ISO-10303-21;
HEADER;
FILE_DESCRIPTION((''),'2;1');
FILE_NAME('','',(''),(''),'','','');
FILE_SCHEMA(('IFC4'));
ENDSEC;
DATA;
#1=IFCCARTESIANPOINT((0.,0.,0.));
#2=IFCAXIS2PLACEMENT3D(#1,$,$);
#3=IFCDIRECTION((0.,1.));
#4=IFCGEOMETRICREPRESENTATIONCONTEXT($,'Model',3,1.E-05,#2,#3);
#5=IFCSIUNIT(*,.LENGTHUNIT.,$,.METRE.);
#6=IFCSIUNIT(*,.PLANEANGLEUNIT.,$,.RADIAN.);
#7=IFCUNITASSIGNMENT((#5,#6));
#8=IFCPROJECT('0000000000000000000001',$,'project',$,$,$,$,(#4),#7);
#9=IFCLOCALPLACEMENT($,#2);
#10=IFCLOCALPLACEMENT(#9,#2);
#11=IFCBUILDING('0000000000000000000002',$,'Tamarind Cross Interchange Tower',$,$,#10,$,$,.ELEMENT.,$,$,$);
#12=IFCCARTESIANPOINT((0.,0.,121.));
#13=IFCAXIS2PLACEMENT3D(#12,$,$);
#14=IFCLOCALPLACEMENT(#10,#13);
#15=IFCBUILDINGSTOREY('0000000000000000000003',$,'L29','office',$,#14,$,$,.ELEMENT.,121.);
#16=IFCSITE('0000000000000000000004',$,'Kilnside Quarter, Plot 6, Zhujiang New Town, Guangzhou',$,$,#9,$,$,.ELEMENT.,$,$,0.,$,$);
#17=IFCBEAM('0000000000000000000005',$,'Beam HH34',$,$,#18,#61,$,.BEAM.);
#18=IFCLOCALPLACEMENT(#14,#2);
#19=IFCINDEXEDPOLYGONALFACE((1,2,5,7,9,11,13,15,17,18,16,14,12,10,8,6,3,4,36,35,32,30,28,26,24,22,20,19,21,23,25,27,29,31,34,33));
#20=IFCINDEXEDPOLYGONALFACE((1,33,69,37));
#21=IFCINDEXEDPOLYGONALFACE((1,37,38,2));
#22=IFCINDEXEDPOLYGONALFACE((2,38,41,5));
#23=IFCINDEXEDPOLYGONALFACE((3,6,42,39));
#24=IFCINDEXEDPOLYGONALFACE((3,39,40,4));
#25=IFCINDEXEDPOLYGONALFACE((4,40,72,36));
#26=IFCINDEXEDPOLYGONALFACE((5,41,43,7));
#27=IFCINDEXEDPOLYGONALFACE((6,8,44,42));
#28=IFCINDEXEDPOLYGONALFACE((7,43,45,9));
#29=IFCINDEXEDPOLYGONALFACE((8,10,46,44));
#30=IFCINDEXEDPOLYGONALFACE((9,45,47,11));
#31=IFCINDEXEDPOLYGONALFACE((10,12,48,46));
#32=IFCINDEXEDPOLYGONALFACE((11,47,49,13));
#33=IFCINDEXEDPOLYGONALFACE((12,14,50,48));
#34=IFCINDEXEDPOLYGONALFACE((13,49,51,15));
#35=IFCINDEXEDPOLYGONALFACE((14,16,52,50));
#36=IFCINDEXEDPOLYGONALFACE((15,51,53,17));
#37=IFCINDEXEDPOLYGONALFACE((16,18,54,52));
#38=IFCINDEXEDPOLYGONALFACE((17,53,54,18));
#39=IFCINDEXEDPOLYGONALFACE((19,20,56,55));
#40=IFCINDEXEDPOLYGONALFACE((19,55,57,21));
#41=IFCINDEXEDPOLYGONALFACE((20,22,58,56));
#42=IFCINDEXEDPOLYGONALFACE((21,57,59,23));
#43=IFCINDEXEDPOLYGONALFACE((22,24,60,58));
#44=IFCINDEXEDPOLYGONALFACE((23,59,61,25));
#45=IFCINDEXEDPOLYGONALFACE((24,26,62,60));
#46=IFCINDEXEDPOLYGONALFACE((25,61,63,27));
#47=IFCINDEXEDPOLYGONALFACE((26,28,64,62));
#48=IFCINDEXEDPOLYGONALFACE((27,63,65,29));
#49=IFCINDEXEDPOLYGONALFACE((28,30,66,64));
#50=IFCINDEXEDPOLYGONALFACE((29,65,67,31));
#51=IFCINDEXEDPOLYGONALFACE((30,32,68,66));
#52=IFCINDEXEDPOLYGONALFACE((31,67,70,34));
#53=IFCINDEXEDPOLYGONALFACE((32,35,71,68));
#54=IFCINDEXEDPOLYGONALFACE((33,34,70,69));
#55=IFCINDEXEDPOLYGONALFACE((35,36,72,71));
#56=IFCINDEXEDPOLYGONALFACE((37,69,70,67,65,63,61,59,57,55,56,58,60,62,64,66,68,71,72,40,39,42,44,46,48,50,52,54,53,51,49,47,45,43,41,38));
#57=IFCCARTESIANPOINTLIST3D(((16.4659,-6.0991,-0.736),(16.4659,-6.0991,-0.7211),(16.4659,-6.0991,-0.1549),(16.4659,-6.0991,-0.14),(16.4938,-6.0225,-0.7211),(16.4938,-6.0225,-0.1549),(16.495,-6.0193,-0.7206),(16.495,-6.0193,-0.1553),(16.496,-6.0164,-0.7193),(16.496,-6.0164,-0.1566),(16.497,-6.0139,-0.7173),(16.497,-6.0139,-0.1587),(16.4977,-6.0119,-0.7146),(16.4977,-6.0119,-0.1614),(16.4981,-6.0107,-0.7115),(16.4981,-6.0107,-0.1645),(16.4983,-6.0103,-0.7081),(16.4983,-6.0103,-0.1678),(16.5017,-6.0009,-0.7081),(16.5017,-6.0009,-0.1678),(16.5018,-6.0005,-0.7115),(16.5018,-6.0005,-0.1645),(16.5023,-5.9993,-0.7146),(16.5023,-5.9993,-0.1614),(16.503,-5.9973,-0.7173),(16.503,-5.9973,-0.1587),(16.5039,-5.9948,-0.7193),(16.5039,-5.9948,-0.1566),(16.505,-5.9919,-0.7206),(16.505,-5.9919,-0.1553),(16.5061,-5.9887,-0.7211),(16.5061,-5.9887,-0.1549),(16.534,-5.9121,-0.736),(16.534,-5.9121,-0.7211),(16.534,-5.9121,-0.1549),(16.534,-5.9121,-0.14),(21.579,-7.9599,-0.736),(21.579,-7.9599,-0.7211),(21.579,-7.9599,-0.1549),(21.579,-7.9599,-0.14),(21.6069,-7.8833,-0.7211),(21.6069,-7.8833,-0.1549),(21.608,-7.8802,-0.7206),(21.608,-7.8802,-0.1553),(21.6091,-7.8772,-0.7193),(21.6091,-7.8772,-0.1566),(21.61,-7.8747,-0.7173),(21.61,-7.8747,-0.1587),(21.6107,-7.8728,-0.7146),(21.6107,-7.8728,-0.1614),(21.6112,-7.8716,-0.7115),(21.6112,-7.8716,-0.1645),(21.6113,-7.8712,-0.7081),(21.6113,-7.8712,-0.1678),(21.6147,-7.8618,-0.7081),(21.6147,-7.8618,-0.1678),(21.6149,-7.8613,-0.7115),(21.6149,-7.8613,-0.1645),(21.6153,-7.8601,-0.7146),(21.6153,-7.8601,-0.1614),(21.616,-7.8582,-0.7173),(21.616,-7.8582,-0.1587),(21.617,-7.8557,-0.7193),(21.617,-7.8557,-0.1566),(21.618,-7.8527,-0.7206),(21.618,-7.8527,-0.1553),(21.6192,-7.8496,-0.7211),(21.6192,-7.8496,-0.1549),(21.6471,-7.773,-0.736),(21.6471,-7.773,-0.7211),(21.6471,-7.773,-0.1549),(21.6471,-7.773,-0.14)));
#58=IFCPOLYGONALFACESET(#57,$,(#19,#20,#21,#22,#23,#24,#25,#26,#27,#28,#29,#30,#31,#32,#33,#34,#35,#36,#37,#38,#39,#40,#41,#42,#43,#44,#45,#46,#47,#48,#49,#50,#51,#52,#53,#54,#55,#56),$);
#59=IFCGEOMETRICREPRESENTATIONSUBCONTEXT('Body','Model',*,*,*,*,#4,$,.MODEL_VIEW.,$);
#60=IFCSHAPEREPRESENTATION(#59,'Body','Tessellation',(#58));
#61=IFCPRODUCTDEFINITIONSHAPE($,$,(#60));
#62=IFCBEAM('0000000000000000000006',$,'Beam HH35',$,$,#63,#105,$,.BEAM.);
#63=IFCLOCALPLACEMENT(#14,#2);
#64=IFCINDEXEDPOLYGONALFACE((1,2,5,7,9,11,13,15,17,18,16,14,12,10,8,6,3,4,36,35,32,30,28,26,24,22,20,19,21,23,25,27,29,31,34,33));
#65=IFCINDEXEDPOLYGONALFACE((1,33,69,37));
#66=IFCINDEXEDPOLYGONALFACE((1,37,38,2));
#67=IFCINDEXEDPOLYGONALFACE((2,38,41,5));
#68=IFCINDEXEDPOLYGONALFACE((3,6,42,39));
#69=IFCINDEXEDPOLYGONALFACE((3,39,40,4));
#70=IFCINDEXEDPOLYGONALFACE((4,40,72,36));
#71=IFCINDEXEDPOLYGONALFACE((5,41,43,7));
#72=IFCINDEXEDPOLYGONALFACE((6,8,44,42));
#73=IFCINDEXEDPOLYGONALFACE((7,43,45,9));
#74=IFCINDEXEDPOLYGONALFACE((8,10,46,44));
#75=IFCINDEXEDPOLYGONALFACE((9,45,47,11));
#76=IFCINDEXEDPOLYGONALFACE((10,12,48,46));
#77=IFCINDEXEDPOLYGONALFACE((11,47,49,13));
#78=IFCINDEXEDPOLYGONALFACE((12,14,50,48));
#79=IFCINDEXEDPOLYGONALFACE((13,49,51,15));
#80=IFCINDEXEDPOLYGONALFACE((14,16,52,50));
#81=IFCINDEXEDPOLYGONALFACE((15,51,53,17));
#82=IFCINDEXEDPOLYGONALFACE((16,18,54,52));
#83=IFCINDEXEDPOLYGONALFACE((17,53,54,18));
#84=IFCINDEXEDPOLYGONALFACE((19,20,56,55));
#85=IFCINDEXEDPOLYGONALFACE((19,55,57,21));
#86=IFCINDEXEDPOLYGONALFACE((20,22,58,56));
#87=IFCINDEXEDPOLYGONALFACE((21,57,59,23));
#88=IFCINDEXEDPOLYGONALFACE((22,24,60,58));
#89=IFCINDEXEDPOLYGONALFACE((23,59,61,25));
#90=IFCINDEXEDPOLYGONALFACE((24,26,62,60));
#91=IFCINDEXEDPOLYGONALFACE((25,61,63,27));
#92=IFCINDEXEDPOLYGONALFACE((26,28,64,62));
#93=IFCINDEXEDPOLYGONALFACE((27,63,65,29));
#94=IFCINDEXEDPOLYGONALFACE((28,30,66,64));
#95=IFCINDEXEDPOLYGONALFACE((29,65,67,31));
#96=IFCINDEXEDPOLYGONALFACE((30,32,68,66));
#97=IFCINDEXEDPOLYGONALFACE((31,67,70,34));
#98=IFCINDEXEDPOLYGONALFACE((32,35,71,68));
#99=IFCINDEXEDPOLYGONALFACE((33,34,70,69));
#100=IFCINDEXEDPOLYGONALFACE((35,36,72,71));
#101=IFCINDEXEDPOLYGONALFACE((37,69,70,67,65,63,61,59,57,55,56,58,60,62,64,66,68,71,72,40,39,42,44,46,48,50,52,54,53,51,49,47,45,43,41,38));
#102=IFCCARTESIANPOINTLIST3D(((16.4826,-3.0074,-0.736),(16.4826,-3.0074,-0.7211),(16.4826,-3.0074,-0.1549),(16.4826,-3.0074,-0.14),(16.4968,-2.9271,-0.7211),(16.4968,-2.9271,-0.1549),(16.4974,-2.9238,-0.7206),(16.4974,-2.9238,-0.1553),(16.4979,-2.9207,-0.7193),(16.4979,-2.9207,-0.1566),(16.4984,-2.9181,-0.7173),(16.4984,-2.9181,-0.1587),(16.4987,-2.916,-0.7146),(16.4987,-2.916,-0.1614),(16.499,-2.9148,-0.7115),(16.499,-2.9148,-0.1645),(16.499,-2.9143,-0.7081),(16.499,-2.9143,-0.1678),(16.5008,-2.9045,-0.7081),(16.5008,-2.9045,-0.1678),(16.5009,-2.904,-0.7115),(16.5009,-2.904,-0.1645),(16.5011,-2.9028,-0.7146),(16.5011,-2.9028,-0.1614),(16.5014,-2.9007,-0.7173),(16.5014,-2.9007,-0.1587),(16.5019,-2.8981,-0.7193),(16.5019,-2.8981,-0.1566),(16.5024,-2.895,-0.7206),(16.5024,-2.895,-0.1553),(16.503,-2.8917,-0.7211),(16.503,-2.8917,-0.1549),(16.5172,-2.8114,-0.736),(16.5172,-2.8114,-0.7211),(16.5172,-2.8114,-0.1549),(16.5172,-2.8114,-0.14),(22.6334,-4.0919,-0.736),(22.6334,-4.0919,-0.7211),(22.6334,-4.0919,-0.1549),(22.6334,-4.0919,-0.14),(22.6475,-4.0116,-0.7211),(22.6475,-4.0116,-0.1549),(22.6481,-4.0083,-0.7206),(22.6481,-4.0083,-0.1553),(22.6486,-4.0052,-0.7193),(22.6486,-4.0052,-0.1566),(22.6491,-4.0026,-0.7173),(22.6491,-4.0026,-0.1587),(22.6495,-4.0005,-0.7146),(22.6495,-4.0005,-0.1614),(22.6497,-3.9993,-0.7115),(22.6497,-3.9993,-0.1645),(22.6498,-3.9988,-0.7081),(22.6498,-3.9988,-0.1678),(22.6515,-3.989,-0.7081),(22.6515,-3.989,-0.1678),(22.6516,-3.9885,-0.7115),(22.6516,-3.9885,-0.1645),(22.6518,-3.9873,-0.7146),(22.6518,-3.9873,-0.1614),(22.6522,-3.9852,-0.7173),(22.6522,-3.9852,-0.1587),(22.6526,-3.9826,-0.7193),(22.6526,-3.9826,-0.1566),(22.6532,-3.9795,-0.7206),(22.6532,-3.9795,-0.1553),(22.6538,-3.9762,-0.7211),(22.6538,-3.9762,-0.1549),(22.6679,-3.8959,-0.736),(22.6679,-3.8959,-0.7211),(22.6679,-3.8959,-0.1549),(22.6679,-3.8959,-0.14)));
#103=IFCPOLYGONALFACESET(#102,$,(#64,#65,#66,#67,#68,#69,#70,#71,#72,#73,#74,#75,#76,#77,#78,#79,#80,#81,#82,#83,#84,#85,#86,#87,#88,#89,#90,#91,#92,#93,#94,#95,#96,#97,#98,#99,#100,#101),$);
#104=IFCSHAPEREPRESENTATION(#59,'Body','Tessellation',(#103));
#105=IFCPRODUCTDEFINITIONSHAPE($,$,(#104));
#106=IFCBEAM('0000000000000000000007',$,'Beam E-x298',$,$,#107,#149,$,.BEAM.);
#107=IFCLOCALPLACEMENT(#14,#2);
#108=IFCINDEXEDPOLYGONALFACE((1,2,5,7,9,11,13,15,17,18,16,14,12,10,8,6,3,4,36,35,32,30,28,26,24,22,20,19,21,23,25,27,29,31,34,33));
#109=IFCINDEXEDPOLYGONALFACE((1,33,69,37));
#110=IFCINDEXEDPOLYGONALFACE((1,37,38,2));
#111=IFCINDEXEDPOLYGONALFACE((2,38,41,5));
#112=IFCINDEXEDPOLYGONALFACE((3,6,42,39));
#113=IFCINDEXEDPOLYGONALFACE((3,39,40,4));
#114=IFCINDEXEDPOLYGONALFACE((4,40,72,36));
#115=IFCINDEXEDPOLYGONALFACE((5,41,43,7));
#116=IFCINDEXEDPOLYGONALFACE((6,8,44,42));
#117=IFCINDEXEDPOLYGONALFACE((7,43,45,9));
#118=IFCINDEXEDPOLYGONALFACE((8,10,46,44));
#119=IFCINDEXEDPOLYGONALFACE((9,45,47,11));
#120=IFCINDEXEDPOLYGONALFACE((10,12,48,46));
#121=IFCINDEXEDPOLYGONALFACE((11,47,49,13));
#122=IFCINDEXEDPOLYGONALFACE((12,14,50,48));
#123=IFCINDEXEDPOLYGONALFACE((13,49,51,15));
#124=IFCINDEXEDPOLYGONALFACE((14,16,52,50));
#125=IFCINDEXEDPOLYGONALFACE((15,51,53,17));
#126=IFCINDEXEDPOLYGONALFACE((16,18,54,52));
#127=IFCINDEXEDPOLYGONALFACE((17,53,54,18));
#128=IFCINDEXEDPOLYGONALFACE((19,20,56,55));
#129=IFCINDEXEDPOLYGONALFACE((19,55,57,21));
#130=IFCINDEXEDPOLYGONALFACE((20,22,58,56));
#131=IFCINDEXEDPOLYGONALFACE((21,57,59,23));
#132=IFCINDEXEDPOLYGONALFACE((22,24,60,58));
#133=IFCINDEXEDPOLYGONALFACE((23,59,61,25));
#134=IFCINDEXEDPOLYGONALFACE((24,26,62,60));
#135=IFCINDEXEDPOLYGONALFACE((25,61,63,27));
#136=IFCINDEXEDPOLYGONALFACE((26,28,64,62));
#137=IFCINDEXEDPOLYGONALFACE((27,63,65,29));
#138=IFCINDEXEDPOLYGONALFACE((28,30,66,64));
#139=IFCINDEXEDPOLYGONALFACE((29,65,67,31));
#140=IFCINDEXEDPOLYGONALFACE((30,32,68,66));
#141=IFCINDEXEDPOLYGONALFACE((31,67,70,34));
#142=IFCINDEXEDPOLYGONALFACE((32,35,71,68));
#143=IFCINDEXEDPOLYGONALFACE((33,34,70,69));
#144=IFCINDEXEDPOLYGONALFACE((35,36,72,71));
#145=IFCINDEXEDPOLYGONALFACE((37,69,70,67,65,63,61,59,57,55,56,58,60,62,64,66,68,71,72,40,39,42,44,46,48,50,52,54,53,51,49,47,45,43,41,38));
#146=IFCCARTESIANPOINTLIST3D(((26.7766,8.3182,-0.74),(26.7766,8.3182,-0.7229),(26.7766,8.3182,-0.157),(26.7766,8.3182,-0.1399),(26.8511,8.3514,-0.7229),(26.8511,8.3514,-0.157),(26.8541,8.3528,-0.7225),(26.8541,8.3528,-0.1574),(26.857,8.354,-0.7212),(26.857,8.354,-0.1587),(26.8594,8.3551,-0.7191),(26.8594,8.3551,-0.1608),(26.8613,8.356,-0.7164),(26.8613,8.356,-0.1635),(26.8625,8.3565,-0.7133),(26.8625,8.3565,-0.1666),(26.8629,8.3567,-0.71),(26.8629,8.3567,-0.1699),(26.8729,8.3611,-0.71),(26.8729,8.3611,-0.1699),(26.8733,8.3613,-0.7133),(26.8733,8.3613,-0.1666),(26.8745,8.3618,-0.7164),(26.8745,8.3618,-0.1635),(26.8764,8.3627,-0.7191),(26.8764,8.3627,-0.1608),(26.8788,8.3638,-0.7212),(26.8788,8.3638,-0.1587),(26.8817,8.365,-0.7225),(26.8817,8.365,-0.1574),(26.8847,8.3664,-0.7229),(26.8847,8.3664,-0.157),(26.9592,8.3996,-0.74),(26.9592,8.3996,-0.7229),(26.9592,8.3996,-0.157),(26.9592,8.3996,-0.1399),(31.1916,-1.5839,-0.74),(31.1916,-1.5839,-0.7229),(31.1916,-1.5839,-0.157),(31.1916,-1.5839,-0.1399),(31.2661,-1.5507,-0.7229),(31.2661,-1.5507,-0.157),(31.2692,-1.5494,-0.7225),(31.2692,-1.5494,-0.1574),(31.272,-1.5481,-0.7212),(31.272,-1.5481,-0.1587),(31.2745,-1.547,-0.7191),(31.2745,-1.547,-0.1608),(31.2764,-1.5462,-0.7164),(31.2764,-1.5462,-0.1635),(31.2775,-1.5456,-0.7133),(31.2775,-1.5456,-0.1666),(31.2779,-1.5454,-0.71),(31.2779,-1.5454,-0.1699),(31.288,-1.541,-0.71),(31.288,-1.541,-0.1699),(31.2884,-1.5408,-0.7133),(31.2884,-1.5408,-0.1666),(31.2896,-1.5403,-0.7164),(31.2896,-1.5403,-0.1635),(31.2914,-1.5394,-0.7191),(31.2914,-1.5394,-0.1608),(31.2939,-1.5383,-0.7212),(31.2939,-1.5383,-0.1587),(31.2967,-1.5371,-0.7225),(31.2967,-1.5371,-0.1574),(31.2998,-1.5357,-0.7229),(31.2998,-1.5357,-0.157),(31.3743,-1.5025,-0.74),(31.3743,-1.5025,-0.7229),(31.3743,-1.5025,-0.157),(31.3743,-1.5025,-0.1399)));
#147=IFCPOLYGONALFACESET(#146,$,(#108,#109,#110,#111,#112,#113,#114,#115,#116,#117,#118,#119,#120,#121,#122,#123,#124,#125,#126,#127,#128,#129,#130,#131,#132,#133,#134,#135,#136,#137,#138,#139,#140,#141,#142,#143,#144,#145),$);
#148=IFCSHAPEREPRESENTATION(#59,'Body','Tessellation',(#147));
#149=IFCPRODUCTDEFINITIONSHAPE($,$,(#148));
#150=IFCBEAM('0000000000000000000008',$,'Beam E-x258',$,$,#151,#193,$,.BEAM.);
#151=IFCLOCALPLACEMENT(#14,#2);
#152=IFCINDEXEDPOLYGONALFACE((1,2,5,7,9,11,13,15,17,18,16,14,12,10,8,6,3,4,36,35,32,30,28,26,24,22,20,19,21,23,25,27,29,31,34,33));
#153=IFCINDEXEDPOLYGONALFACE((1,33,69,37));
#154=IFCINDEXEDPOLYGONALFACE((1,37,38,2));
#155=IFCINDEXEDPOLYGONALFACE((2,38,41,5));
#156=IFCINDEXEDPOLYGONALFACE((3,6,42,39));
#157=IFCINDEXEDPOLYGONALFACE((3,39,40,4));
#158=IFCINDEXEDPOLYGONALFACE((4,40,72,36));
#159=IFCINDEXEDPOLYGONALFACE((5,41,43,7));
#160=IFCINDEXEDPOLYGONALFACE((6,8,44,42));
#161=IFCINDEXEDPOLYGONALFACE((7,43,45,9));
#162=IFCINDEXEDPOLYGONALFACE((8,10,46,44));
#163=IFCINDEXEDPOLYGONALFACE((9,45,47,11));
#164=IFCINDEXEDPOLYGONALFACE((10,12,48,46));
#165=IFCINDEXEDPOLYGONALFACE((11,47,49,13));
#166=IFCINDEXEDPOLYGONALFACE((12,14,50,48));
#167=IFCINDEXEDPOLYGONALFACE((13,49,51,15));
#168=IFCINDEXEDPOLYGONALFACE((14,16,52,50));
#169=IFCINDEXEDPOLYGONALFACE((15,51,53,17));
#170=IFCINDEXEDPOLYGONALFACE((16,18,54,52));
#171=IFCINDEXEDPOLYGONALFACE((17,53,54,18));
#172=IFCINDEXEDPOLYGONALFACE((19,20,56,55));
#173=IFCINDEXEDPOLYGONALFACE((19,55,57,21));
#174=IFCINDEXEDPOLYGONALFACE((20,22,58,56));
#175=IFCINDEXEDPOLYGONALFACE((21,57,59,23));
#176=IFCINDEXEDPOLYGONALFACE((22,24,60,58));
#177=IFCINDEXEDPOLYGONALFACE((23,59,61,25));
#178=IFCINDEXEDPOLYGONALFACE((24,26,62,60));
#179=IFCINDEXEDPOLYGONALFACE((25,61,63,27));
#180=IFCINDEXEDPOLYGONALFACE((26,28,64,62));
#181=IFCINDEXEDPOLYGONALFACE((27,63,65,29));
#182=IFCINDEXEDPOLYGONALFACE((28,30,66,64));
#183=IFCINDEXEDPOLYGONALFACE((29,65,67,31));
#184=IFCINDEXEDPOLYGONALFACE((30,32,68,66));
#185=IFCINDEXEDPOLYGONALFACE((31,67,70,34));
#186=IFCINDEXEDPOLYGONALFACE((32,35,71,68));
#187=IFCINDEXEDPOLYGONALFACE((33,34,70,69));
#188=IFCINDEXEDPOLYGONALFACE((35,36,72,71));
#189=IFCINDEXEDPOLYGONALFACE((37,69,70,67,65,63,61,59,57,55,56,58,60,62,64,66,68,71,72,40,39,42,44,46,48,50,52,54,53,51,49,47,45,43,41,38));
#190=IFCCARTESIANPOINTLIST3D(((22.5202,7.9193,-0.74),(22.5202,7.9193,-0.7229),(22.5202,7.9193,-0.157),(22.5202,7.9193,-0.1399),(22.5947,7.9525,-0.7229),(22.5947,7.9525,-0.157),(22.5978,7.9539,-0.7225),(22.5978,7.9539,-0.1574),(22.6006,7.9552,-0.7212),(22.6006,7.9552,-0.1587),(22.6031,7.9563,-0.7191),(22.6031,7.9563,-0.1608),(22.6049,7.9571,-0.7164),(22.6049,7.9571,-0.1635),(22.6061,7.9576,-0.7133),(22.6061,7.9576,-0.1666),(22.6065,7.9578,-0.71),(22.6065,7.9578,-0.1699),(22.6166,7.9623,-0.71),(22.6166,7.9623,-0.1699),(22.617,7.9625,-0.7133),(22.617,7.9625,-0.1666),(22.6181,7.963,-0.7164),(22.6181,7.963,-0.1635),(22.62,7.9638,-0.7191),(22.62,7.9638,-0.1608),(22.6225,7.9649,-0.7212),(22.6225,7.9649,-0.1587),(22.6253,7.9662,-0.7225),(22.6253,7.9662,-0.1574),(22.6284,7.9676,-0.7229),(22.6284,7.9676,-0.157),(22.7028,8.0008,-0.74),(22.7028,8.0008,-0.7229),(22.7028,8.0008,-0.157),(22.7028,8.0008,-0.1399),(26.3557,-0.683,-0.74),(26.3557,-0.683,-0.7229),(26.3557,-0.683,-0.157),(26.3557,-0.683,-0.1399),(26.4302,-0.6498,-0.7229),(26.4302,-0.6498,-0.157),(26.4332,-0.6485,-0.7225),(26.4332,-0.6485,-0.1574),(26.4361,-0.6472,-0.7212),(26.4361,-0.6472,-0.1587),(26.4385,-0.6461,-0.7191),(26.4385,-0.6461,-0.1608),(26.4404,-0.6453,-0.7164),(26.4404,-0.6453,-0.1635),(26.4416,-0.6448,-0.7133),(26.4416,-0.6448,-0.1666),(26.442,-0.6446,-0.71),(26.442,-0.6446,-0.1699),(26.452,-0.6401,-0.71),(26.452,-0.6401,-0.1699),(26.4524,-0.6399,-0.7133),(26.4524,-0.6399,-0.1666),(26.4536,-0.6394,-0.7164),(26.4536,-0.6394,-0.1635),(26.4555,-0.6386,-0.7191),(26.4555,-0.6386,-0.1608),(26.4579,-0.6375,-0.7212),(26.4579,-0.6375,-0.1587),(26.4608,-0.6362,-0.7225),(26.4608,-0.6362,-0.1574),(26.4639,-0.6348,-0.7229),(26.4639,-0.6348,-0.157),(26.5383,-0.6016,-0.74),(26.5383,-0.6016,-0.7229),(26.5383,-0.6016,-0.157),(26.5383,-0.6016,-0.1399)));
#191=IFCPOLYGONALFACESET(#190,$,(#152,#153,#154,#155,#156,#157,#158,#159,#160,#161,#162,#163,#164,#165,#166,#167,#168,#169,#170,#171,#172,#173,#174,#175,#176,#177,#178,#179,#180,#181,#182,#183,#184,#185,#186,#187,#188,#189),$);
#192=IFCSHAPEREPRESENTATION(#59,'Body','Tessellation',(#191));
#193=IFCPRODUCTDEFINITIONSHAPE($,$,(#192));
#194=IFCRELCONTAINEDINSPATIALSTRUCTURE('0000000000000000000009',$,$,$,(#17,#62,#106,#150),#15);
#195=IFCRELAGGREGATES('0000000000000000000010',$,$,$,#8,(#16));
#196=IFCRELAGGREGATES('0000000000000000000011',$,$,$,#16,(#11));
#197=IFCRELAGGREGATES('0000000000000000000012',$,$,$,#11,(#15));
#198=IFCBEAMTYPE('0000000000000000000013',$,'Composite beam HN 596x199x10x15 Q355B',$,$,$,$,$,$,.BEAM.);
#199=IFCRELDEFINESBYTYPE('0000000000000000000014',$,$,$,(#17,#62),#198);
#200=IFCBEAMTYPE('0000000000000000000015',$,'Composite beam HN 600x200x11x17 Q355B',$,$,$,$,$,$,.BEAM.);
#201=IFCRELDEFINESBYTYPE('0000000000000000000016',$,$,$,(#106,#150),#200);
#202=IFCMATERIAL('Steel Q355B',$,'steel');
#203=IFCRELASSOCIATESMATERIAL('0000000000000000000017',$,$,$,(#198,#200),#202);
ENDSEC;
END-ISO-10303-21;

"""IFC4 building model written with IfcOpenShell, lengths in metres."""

from ifc_helpers import new_model, si_unit, direction, frame, origin, origin_2d, place, context, subcontext, project, spatial, i_section, extrude, material, material_profile, profile_set, type_object, element, save


model = new_model("IFC4")

# Units and contexts
model_context = context("Model", 3, precision=1e-05, world=origin(), true_north=direction((0.0, 1.0)))
body_context = subcontext(model_context, "Body", "Model", "MODEL_VIEW")
ifc_project = project(units=[si_unit("LENGTHUNIT", "METRE"), si_unit("PLANEANGLEUNIT", "RADIAN")], contexts=[model_context])

# Site, building, storey
site_placement = place(None, origin())
site = spatial("IfcSite", under=ifc_project, at=site_placement, Name="Kilnside Quarter, Plot 6, Zhujiang New Town, Guangzhou", CompositionType="ELEMENT", RefElevation=0.0)
building_placement = place(site_placement, origin())
building = spatial("IfcBuilding", under=site, at=building_placement, Name="Tamarind Cross Interchange Tower", CompositionType="ELEMENT")
storey_placement = place(building_placement, frame((0.0, 0.0, 121.0)))
storey = spatial("IfcBuildingStorey", under=building, at=storey_placement, Name="L29", Description="office", CompositionType="ELEMENT", Elevation=121.0)

# Beams
ifc_material_1 = material(Name="Steel Q355B", Category="steel")
ifc_material_profile_1 = material_profile(ifc_material_1, i_section(OverallWidth=0.199, OverallDepth=0.5959, WebThickness=0.01, FlangeThickness=0.0149, FilletRadius=0.0129, at=origin_2d()), Name="HN 596x199x10x15")
ifc_profile_set_1 = profile_set([ifc_material_profile_1], Name="Steel Q355B")
beam_type_1 = type_object("IfcBeamType", Name="Composite beam HN 596x199x10x15 Q355B", PredefinedType="BEAM", material=ifc_profile_set_1)
beam_1_placement = place(storey_placement, frame((21.613, -7.8665, -0.438), z_axis=(-0.939702, 0.341995, 0.0), x_axis=(-0.341995, -0.939702, 0.0)))
element("IfcBeam", 1, at=beam_1_placement, inside=storey, type_object=beam_type_1, Name="Beam HH34", PredefinedType="BEAM", context=body_context, shape_type="SweptSolid", body=[
    extrude(i_section(OverallWidth=0.199, OverallDepth=0.5959, WebThickness=0.01, FlangeThickness=0.0149, FilletRadius=0.0129, at=origin_2d()), origin(), (0.0, 0.0, 1.0), 5.4412),
])
beam_2_placement = place(storey_placement, frame((22.6506, -3.9939, -0.438), z_axis=(-0.984809, 0.17364, 0.0), x_axis=(-0.17364, -0.984809, 0.0)))
element("IfcBeam", 2, at=beam_2_placement, inside=storey, type_object=beam_type_1, Name="Beam HH35", PredefinedType="BEAM", context=body_context, shape_type="SweptSolid", body=[
    extrude(i_section(OverallWidth=0.199, OverallDepth=0.5959, WebThickness=0.01, FlangeThickness=0.0149, FilletRadius=0.0129, at=origin_2d()), origin(), (0.0, 0.0, 1.0), 6.2456),
])
ifc_material_profile_2 = material_profile(ifc_material_1, i_section(OverallWidth=0.2, OverallDepth=0.6001, WebThickness=0.011, FlangeThickness=0.0171, FilletRadius=0.0129, at=origin_2d()), Name="HN 600x200x11x17")
ifc_profile_set_2 = profile_set([ifc_material_profile_2], Name="Steel Q355B")
beam_type_2 = type_object("IfcBeamType", Name="Composite beam HN 600x200x11x17 Q355B", PredefinedType="BEAM", material=ifc_profile_set_2)
beam_3_placement = place(storey_placement, frame((31.283, -1.5432, -0.4399), z_axis=(-0.407225, 0.913328, 0.0), x_axis=(-0.913328, -0.407225, 0.0)))
element("IfcBeam", 3, at=beam_3_placement, inside=storey, type_object=beam_type_2, Name="Beam E-x298", PredefinedType="BEAM", context=body_context, shape_type="SweptSolid", body=[
    extrude(i_section(OverallWidth=0.2, OverallDepth=0.6001, WebThickness=0.011, FlangeThickness=0.0171, FilletRadius=0.0129, at=origin_2d()), origin(), (0.0, 0.0, 1.0), 10.8418),
])
beam_4_placement = place(storey_placement, frame((26.447, -0.6423, -0.4399), z_axis=(-0.40722, 0.91333, 0.0), x_axis=(-0.91333, -0.40722, 0.0)))
element("IfcBeam", 4, at=beam_4_placement, inside=storey, type_object=beam_type_2, Name="Beam E-x258", PredefinedType="BEAM", context=body_context, shape_type="SweptSolid", body=[
    extrude(i_section(OverallWidth=0.2, OverallDepth=0.6001, WebThickness=0.011, FlangeThickness=0.0171, FilletRadius=0.0129, at=origin_2d()), origin(), (0.0, 0.0, 1.0), 9.4187),
])

save(model, "model.ifc")
